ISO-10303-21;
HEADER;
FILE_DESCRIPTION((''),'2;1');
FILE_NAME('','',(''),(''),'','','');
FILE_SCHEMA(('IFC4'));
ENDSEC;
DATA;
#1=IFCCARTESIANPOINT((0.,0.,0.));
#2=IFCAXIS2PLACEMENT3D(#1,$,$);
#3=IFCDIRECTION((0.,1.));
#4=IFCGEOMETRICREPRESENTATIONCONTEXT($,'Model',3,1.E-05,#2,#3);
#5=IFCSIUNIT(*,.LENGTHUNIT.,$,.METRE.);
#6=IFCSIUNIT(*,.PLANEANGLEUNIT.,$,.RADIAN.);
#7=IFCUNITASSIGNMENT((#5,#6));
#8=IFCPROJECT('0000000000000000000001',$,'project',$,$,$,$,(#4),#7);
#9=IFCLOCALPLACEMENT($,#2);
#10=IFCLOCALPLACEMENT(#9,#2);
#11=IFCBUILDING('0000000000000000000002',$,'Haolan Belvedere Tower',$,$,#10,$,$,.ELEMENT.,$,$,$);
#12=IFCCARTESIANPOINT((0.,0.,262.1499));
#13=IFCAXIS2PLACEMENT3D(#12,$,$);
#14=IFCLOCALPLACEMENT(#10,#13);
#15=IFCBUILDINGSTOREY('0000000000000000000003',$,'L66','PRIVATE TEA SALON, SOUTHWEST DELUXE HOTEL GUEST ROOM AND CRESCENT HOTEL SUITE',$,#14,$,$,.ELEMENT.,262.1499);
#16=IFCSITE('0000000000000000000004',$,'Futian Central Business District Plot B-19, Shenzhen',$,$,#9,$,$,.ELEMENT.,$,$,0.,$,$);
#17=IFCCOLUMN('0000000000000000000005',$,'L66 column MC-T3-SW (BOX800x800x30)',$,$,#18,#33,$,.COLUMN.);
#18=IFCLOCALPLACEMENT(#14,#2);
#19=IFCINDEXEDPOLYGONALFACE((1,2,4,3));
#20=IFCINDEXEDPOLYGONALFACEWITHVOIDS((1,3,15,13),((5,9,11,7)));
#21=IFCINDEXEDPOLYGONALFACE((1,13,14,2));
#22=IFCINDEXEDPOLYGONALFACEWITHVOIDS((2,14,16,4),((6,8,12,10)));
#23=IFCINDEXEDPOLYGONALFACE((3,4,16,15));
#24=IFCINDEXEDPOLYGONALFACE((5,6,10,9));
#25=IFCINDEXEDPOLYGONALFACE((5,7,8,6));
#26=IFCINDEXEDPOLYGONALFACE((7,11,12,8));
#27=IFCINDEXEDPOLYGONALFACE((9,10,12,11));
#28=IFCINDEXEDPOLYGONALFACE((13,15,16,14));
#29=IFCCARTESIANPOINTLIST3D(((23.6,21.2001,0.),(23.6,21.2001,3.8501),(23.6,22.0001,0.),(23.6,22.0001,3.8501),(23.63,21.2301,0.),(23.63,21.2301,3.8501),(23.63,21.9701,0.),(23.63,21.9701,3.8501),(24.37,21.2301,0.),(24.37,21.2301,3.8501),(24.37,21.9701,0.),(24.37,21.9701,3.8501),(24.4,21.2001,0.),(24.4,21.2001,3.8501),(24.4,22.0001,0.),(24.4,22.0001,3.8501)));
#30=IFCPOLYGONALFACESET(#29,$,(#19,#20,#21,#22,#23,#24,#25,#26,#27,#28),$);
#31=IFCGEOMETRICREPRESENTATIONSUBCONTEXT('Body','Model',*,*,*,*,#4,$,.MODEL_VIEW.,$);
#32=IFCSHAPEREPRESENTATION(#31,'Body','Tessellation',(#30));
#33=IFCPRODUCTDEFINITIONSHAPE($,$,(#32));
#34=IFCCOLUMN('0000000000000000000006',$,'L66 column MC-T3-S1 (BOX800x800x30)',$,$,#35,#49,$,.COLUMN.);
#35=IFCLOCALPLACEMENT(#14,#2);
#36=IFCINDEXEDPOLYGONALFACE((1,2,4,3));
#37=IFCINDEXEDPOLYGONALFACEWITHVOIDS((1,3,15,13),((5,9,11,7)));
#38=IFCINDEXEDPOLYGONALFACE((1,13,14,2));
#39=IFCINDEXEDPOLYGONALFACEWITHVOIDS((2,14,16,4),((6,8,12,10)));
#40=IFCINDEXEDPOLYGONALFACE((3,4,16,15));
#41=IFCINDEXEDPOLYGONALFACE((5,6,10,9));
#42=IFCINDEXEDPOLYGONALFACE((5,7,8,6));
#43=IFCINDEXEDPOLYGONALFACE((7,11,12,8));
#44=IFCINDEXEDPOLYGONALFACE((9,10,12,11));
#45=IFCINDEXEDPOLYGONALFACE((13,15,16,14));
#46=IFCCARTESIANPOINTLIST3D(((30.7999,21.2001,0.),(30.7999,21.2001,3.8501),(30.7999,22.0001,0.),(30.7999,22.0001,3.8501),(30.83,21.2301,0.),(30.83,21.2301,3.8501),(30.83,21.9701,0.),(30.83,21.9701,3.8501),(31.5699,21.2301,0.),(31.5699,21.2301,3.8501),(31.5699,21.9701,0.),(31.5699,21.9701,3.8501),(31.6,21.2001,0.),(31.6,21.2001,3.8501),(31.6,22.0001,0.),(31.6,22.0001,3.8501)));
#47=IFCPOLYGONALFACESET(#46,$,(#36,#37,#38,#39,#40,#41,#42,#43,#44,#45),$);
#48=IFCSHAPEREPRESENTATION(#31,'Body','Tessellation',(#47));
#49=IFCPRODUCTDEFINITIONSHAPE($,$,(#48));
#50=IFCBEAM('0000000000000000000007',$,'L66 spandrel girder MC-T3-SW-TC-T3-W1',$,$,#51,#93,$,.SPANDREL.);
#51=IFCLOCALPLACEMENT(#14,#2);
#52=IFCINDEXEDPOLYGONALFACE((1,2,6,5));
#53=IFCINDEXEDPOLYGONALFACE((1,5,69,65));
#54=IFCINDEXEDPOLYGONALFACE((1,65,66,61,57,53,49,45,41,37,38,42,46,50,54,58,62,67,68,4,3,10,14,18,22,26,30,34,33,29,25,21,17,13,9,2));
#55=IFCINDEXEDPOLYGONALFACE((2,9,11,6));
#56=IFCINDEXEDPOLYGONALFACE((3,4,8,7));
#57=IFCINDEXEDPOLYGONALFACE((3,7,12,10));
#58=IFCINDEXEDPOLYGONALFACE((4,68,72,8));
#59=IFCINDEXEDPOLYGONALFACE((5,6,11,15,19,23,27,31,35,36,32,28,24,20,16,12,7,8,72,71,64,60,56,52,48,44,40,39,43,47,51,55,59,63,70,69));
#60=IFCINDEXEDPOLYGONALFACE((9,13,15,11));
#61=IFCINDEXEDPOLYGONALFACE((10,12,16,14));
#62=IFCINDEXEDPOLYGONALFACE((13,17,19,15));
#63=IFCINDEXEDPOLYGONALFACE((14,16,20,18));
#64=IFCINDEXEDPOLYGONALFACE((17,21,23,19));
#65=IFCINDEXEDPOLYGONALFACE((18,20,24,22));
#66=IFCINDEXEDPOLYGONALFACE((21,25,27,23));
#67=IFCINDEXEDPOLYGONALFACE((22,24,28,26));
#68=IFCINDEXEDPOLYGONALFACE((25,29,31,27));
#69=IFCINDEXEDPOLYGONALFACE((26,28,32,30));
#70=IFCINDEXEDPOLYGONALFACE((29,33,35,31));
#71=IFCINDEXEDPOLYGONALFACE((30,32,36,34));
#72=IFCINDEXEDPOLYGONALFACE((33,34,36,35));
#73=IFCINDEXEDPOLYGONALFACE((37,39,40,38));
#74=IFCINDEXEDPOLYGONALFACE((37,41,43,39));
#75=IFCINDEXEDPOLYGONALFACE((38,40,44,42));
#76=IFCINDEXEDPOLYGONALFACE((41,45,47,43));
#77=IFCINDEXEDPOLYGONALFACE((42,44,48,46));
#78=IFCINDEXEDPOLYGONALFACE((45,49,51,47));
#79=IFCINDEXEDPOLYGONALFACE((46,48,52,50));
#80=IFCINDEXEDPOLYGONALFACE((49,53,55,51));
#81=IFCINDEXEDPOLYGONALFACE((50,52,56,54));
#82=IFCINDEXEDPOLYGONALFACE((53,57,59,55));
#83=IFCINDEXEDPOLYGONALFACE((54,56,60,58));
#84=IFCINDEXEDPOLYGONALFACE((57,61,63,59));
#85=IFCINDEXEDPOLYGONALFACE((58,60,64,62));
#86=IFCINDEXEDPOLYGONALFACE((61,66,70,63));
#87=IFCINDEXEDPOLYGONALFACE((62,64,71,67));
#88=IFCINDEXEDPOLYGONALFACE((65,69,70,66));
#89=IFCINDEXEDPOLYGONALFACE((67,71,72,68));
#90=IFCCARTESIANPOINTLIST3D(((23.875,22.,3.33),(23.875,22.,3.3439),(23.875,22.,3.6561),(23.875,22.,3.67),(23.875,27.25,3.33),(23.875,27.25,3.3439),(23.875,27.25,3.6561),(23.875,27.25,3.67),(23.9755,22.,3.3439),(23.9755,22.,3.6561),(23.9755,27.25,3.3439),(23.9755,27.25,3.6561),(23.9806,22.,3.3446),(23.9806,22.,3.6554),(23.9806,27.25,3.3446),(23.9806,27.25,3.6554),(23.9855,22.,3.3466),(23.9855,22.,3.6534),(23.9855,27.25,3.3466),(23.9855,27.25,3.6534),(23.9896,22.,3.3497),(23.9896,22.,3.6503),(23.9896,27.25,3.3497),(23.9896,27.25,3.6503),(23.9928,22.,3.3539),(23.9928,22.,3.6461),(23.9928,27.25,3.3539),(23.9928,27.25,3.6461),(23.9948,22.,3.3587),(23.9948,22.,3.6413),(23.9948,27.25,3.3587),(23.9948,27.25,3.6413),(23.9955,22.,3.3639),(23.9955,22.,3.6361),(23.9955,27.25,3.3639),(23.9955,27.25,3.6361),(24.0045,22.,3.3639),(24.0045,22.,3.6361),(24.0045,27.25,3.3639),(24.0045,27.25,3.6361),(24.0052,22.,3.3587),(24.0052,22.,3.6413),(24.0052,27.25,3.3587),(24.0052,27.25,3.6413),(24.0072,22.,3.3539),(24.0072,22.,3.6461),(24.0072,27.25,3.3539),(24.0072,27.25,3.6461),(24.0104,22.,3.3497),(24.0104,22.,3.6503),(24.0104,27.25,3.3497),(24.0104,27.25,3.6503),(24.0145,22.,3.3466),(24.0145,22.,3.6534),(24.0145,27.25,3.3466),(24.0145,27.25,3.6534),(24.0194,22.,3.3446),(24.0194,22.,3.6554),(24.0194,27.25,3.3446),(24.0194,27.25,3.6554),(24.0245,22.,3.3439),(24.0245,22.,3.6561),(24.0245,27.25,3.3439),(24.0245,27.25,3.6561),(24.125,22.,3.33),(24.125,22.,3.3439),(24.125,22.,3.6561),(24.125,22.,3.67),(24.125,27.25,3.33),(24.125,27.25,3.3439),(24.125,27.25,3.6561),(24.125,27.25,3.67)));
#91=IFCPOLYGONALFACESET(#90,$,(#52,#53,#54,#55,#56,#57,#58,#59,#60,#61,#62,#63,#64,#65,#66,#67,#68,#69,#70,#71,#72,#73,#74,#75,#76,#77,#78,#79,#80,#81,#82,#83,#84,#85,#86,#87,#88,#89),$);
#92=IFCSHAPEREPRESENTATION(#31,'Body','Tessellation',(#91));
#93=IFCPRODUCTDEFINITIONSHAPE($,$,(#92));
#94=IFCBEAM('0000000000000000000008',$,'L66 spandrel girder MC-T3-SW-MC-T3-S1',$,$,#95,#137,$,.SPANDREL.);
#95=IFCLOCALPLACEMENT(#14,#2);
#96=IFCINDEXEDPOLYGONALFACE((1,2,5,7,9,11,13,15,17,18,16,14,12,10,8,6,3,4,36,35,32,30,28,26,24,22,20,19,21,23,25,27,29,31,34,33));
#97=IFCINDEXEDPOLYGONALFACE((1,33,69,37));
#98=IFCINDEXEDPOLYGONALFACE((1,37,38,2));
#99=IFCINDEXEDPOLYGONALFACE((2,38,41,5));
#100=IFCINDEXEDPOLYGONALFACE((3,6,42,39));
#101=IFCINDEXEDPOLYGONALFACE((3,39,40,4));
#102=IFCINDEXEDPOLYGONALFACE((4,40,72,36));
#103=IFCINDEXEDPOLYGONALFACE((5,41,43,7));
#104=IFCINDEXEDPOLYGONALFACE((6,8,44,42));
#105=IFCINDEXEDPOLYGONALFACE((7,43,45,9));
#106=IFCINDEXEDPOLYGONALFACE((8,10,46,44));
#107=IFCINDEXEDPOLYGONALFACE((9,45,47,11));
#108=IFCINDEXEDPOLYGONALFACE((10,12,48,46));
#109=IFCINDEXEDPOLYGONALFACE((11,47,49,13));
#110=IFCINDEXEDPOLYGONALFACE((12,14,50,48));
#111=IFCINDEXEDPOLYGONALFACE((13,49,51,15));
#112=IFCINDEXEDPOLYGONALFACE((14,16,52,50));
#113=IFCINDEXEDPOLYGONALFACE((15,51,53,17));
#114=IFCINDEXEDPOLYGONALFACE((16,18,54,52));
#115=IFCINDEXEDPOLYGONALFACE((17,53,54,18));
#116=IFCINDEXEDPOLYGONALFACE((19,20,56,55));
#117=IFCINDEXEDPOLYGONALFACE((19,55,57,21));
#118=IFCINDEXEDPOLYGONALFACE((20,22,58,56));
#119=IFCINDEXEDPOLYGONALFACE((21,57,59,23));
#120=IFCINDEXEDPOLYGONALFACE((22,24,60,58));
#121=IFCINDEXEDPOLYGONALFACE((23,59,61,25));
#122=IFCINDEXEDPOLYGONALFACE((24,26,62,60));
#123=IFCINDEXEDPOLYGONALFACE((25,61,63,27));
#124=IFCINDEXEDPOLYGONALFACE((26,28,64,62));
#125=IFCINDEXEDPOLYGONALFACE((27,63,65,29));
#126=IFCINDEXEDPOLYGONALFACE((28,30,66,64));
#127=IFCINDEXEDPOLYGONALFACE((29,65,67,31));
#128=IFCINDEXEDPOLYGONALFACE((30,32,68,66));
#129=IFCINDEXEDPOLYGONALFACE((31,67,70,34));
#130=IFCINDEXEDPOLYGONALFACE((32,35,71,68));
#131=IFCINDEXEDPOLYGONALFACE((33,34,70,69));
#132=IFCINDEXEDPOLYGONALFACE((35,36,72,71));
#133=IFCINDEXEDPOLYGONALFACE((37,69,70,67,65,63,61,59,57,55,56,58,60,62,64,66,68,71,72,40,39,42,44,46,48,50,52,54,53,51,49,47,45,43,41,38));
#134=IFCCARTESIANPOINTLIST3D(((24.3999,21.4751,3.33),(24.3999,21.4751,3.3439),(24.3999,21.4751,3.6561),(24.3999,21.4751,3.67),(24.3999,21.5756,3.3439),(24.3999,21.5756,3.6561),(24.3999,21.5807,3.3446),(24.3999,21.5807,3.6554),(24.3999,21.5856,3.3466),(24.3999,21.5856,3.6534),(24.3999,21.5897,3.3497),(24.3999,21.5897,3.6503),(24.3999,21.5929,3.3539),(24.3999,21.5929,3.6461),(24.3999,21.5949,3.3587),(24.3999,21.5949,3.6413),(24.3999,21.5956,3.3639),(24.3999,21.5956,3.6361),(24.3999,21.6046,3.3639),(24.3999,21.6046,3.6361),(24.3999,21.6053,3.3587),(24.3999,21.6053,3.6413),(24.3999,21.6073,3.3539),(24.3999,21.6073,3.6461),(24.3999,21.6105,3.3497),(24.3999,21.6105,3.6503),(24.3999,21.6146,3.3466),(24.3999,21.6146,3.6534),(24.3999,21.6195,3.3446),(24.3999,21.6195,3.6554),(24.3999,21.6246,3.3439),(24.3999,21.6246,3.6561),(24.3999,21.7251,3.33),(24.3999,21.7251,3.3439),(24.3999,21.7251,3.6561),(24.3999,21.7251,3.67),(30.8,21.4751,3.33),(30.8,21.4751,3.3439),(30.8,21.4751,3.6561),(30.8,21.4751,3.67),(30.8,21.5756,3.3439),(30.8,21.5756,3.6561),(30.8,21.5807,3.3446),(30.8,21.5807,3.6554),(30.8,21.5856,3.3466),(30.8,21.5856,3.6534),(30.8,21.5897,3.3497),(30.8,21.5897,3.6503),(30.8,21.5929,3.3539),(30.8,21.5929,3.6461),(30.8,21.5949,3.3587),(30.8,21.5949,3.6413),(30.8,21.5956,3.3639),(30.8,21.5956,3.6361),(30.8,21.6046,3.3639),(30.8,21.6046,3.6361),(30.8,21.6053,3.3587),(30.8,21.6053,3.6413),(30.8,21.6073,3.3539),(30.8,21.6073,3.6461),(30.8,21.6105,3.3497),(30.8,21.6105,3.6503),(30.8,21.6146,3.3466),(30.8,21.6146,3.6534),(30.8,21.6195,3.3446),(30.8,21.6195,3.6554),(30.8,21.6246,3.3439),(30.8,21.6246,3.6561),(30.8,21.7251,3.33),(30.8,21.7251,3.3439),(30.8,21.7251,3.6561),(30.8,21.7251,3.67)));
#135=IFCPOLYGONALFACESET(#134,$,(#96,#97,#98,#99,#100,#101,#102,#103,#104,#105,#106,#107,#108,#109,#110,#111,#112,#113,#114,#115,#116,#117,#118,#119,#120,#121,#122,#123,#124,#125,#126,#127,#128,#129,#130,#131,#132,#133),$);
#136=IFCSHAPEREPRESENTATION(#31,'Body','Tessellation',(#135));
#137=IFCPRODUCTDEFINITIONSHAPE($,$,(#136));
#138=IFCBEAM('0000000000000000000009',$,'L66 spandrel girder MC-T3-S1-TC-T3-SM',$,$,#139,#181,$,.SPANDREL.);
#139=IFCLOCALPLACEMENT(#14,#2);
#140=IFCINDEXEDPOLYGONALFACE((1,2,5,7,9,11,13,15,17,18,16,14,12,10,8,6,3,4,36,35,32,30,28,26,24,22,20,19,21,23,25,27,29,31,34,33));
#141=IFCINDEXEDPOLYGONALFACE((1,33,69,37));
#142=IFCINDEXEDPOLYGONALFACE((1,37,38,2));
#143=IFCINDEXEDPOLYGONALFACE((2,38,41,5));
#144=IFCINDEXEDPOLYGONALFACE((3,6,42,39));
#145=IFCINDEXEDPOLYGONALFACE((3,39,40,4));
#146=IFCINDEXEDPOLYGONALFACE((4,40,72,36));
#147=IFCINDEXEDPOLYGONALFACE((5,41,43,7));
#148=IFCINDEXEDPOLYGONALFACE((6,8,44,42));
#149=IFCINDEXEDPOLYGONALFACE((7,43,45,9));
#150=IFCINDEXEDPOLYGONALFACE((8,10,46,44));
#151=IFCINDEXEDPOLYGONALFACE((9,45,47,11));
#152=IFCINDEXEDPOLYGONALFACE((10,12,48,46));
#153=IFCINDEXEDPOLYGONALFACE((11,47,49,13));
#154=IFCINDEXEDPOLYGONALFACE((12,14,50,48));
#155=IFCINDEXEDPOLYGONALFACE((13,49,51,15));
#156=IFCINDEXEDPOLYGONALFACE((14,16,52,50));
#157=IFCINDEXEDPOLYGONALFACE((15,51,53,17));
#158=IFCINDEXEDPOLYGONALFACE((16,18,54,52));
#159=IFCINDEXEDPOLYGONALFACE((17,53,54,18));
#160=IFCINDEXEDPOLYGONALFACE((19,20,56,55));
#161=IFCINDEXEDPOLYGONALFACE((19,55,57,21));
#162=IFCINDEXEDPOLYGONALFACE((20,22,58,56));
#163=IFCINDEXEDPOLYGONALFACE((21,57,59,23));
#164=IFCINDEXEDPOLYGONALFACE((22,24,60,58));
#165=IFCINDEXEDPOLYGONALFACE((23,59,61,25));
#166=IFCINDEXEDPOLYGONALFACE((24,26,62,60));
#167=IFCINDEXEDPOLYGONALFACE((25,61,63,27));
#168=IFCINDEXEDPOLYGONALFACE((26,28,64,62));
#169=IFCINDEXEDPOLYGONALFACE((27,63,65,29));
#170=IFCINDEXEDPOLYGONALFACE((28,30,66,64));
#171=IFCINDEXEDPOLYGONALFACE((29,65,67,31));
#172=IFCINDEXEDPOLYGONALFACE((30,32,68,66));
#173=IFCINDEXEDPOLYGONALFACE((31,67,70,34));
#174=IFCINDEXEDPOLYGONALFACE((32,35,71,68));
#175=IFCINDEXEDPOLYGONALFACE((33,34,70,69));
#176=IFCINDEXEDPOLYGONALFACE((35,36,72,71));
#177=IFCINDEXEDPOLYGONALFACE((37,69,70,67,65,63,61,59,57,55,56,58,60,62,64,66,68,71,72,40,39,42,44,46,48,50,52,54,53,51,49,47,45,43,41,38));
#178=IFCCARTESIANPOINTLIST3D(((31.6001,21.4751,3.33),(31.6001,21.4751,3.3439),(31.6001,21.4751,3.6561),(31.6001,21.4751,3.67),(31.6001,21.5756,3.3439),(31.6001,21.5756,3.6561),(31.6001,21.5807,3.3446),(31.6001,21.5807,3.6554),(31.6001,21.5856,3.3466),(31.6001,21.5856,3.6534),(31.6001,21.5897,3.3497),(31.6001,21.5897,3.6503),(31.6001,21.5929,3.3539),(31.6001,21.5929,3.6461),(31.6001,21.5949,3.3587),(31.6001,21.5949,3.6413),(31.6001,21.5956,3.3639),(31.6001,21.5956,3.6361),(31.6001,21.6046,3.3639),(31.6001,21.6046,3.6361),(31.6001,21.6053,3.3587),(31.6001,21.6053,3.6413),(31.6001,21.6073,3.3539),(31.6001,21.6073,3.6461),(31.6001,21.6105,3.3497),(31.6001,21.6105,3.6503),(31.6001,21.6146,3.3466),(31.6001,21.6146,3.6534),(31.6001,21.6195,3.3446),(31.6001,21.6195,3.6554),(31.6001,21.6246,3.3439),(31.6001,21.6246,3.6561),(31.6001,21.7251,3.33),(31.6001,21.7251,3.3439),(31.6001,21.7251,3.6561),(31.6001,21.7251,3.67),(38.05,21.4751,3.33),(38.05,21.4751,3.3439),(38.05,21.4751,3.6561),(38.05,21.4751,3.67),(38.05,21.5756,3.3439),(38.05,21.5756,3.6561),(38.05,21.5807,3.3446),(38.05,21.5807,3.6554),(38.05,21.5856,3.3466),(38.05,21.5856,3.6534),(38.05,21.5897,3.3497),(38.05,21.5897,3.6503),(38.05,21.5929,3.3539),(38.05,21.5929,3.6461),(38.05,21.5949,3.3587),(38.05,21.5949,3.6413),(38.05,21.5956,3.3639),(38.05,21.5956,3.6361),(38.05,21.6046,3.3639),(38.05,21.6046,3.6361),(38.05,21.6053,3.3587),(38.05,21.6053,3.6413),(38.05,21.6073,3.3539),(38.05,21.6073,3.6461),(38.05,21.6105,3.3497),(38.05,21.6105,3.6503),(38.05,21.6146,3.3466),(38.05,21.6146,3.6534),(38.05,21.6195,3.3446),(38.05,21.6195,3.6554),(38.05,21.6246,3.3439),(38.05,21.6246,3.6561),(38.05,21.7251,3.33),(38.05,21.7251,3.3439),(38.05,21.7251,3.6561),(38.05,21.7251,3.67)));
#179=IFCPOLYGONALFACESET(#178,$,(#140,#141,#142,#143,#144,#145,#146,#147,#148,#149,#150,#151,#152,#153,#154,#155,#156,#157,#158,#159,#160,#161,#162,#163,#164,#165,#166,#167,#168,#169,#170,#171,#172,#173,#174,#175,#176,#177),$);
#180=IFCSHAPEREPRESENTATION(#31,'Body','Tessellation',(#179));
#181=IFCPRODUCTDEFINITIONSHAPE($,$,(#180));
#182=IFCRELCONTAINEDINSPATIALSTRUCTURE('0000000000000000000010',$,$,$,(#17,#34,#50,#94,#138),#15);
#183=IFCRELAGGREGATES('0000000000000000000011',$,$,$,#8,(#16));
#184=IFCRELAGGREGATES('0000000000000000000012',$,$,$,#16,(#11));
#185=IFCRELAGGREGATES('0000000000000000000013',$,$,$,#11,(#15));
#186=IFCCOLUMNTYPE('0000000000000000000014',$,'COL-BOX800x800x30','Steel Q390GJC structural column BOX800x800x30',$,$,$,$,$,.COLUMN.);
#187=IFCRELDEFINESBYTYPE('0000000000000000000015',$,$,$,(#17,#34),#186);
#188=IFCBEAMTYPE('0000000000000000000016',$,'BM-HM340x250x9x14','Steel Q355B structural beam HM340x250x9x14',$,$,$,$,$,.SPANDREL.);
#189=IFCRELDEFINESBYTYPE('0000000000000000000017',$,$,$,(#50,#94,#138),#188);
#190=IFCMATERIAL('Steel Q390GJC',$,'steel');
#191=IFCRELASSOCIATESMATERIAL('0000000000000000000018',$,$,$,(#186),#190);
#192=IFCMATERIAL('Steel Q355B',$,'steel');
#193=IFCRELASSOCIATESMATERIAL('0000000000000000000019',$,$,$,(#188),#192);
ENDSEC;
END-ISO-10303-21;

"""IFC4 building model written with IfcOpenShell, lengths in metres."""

from ifc_helpers import new_model, si_unit, direction, frame, origin, origin_2d, place, context, subcontext, project, spatial, hollow_rectangle, i_section, extrude, material, material_profile, profile_set, type_object, element, save


model = new_model("IFC4")

# Units and contexts
model_context = context("Model", 3, precision=1e-05, world=origin(), true_north=direction((0.0, 1.0)))
body_context = subcontext(model_context, "Body", "Model", "MODEL_VIEW")
ifc_project = project(units=[si_unit("LENGTHUNIT", "METRE"), si_unit("PLANEANGLEUNIT", "RADIAN")], contexts=[model_context])

# Site, building, storey
site_placement = place(None, origin())
site = spatial("IfcSite", under=ifc_project, at=site_placement, Name="Futian Central Business District Plot B-19, Shenzhen", CompositionType="ELEMENT", RefElevation=0.0)
building_placement = place(site_placement, origin())
building = spatial("IfcBuilding", under=site, at=building_placement, Name="Haolan Belvedere Tower", CompositionType="ELEMENT")
storey_placement = place(building_placement, frame((0.0, 0.0, 262.1499)))
storey = spatial("IfcBuildingStorey", under=building, at=storey_placement, Name="L66", Description="PRIVATE TEA SALON, SOUTHWEST DELUXE HOTEL GUEST ROOM AND CRESCENT HOTEL SUITE", CompositionType="ELEMENT", Elevation=262.1499)

# Columns
ifc_material_1 = material(Name="Steel Q390GJC", Category="steel")
ifc_material_profile_1 = material_profile(ifc_material_1, hollow_rectangle(XDim=0.8, YDim=0.8, WallThickness=0.03, at=origin_2d()), Name="Steel Q390GJC")
ifc_profile_set_1 = profile_set([ifc_material_profile_1], Name="Steel Q390GJC")
column_type = type_object("IfcColumnType", Name="COL-BOX800x800x30", Description="Steel Q390GJC structural column BOX800x800x30", PredefinedType="COLUMN", material=ifc_profile_set_1)
for number, where, z_axis, x_axis, name in (
    (1, (24.0, 21.6001, 0.0), (0.0, 0.0, 1.0), (1.0, 0.0, 0.0), "L66 column MC-T3-SW (BOX800x800x30)"),
    (2, (31.2, 21.6001, 0.0), (0.0, 0.0, 1.0), (1.0, 0.0, 0.0), "L66 column MC-T3-S1 (BOX800x800x30)"),
):
    element("IfcColumn", number, at=place(storey_placement, frame(where, z_axis=z_axis, x_axis=x_axis)), inside=storey, type_object=column_type, Name=name, PredefinedType="COLUMN", context=body_context, shape_type="SweptSolid", body=[
        extrude(hollow_rectangle(XDim=0.8, YDim=0.8, WallThickness=0.03, at=origin_2d()), origin(), (0.0, 0.0, 1.0), 3.8501),
    ])

# Beams
ifc_material_2 = material(Name="Steel Q355B", Category="steel")
ifc_material_profile_2 = material_profile(ifc_material_2, i_section(OverallWidth=0.25, OverallDepth=0.3401, WebThickness=0.009, FlangeThickness=0.0139, FilletRadius=0.02, at=origin_2d()), Name="Steel Q355B")
ifc_profile_set_2 = profile_set([ifc_material_profile_2], Name="Steel Q355B")
beam_type_1 = type_object("IfcBeamType", Name="BM-HM340x250x9x14", Description="Steel Q355B structural beam HM340x250x9x14", PredefinedType="SPANDREL", material=ifc_profile_set_2)
beam_1_placement = place(storey_placement, frame((24.0, 22.0, 3.5), z_axis=(0.0, 1.0, 0.0), x_axis=(-1.0, 0.0, 0.0)))
element("IfcBeam", 3, at=beam_1_placement, inside=storey, type_object=beam_type_1, Name="L66 spandrel girder MC-T3-SW-TC-T3-W1", PredefinedType="SPANDREL", context=body_context, shape_type="SweptSolid", body=[
    extrude(i_section(OverallWidth=0.25, OverallDepth=0.3401, WebThickness=0.009, FlangeThickness=0.0139, FilletRadius=0.02, at=origin_2d()), origin(), (0.0, 0.0, 1.0), 5.25),
])
beam_2_placement = place(storey_placement, frame((24.3999, 21.6001, 3.5), z_axis=(1.0, 0.0, 0.0), x_axis=(0.0, 1.0, 0.0)))
element("IfcBeam", 4, at=beam_2_placement, inside=storey, type_object=beam_type_1, Name="L66 spandrel girder MC-T3-SW-MC-T3-S1", PredefinedType="SPANDREL", context=body_context, shape_type="SweptSolid", body=[
    extrude(i_section(OverallWidth=0.25, OverallDepth=0.3401, WebThickness=0.009, FlangeThickness=0.0139, FilletRadius=0.02, at=origin_2d()), origin(), (0.0, 0.0, 1.0), 6.4001),
])
beam_3_placement = place(storey_placement, frame((31.6001, 21.6001, 3.5), z_axis=(1.0, 0.0, 0.0), x_axis=(0.0, 1.0, 0.0)))
element("IfcBeam", 5, at=beam_3_placement, inside=storey, type_object=beam_type_1, Name="L66 spandrel girder MC-T3-S1-TC-T3-SM", PredefinedType="SPANDREL", context=body_context, shape_type="SweptSolid", body=[
    extrude(i_section(OverallWidth=0.25, OverallDepth=0.3401, WebThickness=0.009, FlangeThickness=0.0139, FilletRadius=0.02, at=origin_2d()), origin(), (0.0, 0.0, 1.0), 6.45),
])

save(model, "model.ifc")
